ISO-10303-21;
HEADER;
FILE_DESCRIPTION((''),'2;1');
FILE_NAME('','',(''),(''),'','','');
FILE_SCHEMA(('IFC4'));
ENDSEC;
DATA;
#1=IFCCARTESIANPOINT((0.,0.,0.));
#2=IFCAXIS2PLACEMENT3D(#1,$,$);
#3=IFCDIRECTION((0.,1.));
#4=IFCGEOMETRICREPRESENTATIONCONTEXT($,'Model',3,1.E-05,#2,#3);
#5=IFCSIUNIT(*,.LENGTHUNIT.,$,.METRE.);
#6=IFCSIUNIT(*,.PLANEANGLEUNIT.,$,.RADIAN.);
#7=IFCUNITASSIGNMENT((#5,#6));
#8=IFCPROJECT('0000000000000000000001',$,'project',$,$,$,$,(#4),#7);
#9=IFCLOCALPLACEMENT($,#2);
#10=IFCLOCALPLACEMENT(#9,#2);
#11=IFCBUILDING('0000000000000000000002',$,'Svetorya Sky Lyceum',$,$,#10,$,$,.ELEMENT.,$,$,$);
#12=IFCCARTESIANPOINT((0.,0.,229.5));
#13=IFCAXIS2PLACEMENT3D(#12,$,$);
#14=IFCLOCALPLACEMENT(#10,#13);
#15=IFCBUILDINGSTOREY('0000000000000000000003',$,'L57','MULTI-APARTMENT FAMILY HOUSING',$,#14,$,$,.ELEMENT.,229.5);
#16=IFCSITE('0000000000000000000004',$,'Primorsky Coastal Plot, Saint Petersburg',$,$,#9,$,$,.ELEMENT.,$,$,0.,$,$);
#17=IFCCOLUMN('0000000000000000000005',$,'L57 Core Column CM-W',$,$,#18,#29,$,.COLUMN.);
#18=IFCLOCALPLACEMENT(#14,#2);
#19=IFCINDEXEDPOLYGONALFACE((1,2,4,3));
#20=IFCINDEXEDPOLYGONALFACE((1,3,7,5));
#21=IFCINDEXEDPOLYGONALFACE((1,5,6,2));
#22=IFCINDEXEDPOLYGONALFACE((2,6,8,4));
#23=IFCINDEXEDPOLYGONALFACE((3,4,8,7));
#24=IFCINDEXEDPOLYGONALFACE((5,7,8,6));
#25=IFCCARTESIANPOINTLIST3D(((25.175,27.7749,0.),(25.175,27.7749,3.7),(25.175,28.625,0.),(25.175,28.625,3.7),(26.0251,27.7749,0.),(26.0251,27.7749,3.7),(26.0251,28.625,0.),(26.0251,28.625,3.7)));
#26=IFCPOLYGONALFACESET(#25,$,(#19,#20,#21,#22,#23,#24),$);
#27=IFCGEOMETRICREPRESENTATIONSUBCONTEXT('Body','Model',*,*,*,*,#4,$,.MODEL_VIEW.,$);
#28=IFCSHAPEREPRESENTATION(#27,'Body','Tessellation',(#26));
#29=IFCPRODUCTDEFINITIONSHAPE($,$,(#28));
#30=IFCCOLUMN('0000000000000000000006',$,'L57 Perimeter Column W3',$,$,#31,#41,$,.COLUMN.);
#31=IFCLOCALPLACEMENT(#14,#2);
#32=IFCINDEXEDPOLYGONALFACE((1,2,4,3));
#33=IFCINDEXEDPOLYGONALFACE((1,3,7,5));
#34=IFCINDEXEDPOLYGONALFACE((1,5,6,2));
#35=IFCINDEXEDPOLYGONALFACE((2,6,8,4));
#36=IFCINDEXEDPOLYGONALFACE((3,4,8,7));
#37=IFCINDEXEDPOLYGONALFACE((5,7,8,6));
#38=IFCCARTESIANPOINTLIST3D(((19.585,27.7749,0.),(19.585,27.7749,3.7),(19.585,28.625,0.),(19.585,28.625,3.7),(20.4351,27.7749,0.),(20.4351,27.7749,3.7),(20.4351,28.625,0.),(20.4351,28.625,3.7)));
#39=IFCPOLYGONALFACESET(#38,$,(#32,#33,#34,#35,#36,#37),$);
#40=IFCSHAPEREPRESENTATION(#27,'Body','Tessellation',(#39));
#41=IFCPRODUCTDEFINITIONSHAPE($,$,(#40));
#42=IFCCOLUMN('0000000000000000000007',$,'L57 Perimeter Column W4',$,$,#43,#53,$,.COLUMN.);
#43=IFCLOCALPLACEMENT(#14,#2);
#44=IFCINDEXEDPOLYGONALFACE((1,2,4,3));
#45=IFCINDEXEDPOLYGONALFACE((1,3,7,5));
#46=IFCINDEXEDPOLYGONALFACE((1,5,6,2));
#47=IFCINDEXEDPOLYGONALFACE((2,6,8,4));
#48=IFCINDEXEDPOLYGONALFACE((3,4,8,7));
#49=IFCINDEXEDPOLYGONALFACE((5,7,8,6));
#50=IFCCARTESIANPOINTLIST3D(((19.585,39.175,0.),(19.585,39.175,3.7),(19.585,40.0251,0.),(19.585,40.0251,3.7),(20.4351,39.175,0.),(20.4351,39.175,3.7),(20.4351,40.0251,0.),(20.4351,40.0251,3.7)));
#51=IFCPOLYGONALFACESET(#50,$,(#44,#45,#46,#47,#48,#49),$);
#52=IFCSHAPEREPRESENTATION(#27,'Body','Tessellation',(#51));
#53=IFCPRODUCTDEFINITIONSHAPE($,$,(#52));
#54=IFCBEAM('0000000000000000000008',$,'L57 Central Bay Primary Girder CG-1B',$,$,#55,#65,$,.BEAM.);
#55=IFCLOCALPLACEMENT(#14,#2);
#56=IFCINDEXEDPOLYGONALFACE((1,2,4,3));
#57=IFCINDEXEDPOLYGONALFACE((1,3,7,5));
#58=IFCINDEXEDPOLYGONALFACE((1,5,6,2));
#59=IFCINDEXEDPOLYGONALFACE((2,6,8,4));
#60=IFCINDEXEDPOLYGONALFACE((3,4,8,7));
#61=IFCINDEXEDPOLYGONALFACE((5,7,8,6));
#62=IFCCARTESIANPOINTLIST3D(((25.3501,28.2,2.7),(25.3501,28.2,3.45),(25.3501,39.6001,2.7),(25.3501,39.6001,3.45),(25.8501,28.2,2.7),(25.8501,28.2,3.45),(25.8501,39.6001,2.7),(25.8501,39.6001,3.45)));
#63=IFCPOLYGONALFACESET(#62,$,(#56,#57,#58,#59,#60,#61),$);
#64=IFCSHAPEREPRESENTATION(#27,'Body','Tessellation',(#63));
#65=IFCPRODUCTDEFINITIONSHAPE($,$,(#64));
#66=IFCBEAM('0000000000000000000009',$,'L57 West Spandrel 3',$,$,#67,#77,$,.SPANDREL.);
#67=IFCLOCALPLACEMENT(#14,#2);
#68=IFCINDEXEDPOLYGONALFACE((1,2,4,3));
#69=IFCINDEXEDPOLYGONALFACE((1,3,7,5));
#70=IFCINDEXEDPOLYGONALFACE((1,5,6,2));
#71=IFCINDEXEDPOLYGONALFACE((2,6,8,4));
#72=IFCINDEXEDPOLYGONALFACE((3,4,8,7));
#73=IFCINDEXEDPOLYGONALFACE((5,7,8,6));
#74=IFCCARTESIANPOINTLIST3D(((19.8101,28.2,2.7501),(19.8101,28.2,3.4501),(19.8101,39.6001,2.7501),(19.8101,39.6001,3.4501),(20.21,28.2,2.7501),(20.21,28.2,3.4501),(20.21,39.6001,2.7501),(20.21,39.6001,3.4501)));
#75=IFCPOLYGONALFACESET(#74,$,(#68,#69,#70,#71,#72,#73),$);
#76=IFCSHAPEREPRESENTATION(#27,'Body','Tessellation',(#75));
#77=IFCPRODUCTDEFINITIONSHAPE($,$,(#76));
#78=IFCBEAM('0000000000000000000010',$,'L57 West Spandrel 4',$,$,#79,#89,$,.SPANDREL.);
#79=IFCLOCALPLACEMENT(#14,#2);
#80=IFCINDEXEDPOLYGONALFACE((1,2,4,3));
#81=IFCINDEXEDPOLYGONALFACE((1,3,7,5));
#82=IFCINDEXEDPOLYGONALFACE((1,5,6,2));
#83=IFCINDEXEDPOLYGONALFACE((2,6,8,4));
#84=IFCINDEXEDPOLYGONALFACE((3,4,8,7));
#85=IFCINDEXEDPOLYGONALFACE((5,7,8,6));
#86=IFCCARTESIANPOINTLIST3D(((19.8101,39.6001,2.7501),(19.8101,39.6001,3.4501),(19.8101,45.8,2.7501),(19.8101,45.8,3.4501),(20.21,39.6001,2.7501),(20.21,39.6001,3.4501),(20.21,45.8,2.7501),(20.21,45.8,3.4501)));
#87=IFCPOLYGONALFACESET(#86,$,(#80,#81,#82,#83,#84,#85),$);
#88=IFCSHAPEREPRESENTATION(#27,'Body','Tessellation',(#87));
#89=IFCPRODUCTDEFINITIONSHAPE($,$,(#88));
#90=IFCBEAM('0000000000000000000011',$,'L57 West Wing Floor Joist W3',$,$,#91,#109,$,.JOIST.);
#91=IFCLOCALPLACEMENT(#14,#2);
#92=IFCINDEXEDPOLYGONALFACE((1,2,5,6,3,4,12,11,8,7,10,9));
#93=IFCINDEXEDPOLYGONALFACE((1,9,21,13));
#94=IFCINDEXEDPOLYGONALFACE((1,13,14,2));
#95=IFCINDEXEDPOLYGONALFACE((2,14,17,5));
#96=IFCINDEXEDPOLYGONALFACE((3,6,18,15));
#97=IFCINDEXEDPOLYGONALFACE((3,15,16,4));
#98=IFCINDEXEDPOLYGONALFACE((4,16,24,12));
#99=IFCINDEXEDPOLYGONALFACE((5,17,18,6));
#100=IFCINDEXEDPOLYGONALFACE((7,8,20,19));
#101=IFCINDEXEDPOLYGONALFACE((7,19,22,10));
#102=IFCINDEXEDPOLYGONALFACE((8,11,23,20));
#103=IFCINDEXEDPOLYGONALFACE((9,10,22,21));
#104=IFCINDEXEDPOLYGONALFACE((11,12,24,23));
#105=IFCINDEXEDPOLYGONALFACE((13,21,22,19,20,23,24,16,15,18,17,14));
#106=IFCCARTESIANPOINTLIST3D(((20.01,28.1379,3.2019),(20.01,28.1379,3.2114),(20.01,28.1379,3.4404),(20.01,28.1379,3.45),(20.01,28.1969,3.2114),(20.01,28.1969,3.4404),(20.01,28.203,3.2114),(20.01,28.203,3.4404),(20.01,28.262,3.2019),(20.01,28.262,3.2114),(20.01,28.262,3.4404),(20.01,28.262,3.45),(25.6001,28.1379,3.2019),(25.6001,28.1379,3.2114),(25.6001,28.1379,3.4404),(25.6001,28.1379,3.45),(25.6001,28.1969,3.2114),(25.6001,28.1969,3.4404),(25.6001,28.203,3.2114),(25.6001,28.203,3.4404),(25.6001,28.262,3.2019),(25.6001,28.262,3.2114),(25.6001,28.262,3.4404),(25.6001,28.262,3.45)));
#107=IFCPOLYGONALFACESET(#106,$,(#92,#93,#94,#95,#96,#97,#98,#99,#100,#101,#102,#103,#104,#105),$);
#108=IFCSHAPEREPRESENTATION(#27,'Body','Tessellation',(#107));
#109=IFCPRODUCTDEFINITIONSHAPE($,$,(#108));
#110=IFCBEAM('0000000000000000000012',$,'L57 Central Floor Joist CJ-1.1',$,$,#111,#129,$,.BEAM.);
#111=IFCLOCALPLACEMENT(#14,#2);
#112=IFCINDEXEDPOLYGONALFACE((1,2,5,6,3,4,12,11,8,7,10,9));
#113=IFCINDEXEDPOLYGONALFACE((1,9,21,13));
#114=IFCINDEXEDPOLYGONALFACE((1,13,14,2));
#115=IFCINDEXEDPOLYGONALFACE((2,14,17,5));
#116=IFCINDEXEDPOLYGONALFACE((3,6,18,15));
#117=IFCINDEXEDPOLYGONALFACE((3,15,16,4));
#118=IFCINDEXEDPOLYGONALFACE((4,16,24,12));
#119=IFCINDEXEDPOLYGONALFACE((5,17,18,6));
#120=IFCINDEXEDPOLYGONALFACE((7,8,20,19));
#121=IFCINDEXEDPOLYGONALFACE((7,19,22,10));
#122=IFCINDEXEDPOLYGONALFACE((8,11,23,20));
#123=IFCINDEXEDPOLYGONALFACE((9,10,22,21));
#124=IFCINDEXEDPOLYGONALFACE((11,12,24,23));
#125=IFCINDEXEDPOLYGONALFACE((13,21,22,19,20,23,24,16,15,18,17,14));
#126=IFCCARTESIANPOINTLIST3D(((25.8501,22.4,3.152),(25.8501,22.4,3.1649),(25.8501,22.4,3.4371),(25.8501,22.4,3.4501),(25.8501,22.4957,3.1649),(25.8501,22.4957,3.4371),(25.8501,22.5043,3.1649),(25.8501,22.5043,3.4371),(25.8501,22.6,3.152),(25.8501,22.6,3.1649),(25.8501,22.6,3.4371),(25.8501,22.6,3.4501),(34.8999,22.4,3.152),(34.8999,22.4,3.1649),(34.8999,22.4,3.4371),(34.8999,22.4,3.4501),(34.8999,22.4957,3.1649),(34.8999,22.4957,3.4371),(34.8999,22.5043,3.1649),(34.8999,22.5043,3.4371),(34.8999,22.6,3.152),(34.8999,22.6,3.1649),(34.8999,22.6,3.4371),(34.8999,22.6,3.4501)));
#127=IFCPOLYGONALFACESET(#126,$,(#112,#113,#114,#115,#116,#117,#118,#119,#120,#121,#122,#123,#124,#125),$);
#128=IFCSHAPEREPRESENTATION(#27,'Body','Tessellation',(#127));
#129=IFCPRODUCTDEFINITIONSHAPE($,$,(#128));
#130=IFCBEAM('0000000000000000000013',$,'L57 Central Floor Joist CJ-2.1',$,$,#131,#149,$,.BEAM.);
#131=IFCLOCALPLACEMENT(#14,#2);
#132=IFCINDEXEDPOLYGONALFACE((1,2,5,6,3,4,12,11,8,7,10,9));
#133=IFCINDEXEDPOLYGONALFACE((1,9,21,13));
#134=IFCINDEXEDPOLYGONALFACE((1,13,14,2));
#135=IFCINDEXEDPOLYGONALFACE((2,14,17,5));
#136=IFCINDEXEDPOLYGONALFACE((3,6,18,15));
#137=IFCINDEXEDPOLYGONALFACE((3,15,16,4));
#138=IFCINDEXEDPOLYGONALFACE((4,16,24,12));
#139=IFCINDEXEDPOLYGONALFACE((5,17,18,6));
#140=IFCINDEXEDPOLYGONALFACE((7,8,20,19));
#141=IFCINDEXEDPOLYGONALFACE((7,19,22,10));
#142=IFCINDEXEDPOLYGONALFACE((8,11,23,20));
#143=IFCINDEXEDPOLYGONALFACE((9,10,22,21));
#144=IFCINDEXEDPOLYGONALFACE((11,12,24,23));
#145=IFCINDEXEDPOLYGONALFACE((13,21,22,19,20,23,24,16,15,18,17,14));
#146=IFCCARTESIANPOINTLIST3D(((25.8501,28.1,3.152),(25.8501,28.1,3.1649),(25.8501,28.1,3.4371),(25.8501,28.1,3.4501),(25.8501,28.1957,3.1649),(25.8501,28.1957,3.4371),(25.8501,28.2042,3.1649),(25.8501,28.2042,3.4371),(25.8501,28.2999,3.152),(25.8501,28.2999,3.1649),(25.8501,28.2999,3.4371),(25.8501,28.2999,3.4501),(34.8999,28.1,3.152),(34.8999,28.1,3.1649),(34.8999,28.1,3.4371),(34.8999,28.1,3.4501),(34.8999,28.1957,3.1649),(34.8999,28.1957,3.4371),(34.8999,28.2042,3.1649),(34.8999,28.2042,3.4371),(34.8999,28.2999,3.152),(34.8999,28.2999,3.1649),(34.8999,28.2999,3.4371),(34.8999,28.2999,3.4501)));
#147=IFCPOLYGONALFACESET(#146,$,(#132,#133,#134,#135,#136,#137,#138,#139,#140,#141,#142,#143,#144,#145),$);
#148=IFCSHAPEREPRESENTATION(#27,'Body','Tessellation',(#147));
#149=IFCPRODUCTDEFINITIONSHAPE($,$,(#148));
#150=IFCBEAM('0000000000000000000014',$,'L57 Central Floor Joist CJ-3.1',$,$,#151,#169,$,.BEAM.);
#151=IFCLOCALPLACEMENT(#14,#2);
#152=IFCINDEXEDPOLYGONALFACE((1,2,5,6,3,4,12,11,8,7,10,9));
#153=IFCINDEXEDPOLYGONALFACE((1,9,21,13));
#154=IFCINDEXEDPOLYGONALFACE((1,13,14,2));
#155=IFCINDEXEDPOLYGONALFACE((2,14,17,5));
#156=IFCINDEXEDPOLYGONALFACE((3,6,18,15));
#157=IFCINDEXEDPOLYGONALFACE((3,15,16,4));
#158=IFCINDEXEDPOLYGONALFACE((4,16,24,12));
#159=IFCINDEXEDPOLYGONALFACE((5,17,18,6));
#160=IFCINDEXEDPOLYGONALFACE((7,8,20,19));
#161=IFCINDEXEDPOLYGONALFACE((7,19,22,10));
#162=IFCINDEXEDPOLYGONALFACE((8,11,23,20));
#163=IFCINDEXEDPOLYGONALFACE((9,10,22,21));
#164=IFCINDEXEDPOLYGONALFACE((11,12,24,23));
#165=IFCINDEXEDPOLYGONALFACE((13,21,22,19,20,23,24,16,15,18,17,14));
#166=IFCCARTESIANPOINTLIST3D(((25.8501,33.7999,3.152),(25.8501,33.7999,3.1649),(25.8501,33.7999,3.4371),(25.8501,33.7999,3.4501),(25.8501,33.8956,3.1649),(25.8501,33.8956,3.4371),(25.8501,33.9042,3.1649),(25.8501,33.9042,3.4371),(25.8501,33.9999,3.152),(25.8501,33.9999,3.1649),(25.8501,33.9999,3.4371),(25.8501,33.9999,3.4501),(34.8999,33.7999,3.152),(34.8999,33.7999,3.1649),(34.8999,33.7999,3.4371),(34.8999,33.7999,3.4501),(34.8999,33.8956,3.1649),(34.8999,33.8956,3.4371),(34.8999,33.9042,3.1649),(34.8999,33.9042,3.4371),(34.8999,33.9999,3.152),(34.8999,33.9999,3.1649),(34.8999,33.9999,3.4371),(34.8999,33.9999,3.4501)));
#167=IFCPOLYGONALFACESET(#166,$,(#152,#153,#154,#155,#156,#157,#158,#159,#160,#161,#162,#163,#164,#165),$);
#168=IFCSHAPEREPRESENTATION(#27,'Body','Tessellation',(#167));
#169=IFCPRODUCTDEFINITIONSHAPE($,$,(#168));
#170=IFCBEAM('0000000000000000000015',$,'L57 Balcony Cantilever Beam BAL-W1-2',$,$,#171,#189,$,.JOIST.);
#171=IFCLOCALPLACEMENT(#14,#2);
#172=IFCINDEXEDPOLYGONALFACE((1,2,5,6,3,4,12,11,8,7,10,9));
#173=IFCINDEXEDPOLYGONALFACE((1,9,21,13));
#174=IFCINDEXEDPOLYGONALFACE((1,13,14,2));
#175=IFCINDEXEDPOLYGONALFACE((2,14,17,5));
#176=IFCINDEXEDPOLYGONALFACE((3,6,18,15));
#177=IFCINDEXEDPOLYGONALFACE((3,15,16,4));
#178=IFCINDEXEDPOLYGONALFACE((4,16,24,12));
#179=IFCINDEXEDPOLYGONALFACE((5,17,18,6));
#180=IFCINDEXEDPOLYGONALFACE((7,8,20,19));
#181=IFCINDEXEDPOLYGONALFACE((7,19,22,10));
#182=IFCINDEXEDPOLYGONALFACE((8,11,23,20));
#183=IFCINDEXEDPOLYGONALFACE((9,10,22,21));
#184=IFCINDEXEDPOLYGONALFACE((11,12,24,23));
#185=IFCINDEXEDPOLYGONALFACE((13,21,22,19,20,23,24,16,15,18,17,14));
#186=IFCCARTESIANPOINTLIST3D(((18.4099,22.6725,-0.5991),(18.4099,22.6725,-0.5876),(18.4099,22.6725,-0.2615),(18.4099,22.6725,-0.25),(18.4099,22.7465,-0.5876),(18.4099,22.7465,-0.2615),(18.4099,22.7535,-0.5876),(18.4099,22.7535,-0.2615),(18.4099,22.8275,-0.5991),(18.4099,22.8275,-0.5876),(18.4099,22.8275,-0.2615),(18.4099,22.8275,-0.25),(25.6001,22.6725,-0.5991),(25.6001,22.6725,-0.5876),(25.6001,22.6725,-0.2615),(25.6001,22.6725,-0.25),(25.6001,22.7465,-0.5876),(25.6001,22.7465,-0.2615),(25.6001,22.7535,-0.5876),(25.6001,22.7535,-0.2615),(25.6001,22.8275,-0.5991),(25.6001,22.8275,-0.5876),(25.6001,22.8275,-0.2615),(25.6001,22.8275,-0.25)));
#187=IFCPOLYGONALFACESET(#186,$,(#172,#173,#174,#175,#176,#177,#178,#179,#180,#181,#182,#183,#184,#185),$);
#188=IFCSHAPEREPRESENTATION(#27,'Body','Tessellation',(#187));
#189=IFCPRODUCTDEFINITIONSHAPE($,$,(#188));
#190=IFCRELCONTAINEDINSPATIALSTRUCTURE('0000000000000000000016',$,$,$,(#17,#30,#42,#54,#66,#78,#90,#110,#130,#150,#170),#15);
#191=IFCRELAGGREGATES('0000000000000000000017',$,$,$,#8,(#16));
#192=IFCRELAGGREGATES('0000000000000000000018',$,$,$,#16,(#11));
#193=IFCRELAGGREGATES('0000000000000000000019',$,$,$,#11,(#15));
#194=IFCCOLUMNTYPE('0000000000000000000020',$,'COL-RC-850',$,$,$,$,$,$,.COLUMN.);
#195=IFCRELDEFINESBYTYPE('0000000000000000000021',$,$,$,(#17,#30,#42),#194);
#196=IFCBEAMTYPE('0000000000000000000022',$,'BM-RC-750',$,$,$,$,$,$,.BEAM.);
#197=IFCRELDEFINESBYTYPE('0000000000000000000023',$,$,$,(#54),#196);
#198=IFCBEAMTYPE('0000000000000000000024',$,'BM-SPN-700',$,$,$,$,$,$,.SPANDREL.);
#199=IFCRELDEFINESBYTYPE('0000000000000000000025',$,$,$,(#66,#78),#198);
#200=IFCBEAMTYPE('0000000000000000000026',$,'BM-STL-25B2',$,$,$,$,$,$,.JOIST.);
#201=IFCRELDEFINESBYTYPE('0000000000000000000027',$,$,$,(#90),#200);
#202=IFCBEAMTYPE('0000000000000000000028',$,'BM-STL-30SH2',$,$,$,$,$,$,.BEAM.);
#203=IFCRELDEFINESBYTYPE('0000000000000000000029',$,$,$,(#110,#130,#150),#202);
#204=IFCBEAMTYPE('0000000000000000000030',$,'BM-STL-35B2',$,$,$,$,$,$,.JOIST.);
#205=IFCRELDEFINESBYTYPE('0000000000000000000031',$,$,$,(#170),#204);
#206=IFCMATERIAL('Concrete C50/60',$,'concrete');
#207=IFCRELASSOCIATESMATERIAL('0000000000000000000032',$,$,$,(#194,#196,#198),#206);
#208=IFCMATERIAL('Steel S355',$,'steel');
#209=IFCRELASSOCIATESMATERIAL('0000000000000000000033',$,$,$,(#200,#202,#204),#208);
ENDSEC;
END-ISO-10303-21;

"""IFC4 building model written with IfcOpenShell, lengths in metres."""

from ifc_helpers import new_model, si_unit, direction, frame, origin, origin_2d, place, context, subcontext, project, spatial, rectangle, i_section, extrude, material, material_profile, profile_set, type_object, element, save


model = new_model("IFC4")

# Units and contexts
model_context = context("Model", 3, precision=1e-05, world=origin(), true_north=direction((0.0, 1.0)))
body_context = subcontext(model_context, "Body", "Model", "MODEL_VIEW")
ifc_project = project(units=[si_unit("LENGTHUNIT", "METRE"), si_unit("PLANEANGLEUNIT", "RADIAN")], contexts=[model_context])

# Site, building, storey
site_placement = place(None, origin())
site = spatial("IfcSite", under=ifc_project, at=site_placement, Name="Primorsky Coastal Plot, Saint Petersburg", CompositionType="ELEMENT", RefElevation=0.0)
building_placement = place(site_placement, origin())
building = spatial("IfcBuilding", under=site, at=building_placement, Name="Svetorya Sky Lyceum", CompositionType="ELEMENT")
storey_placement = place(building_placement, frame((0.0, 0.0, 229.5)))
storey = spatial("IfcBuildingStorey", under=building, at=storey_placement, Name="L57", Description="MULTI-APARTMENT FAMILY HOUSING", CompositionType="ELEMENT", Elevation=229.5)

# Columns
ifc_material_1 = material(Name="Concrete C50/60", Category="concrete")
ifc_material_profile_1 = material_profile(ifc_material_1, rectangle(XDim=0.8501, YDim=0.8501, at=origin_2d()), Name="RC COL 850x850")
ifc_profile_set_1 = profile_set([ifc_material_profile_1], Name="Concrete C50/60")
column_type = type_object("IfcColumnType", Name="COL-RC-850", PredefinedType="COLUMN", material=ifc_profile_set_1)
for number, where, z_axis, x_axis, name in (
    (1, (25.6001, 28.2, 0.0), (0.0, 0.0, 1.0), (1.0, 0.0, 0.0), "L57 Core Column CM-W"),
    (2, (20.01, 28.2, 0.0), (0.0, 0.0, 1.0), (1.0, 0.0, 0.0), "L57 Perimeter Column W3"),
    (3, (20.01, 39.6001, 0.0), (0.0, 0.0, 1.0), (1.0, 0.0, 0.0), "L57 Perimeter Column W4"),
):
    element("IfcColumn", number, at=place(storey_placement, frame(where, z_axis=z_axis, x_axis=x_axis)), inside=storey, type_object=column_type, Name=name, PredefinedType="COLUMN", context=body_context, shape_type="SweptSolid", body=[
        extrude(rectangle(XDim=0.8501, YDim=0.8501, at=origin_2d()), origin(), (0.0, 0.0, 1.0), 3.7),
    ])

# Beams
ifc_material_profile_2 = material_profile(ifc_material_1, rectangle(XDim=0.5, YDim=0.75, at=origin_2d()), Name="RC BEAM 500x750")
ifc_profile_set_2 = profile_set([ifc_material_profile_2], Name="Concrete C50/60")
beam_type_1 = type_object("IfcBeamType", Name="BM-RC-750", PredefinedType="BEAM", material=ifc_profile_set_2)
beam_1_placement = place(storey_placement, frame((25.6001, 28.2, 3.075), z_axis=(0.0, 1.0, 0.0), x_axis=(-1.0, 0.0, 0.0)))
element("IfcBeam", 4, at=beam_1_placement, inside=storey, type_object=beam_type_1, Name="L57 Central Bay Primary Girder CG-1B", PredefinedType="BEAM", context=body_context, shape_type="SweptSolid", body=[
    extrude(rectangle(XDim=0.5, YDim=0.75, at=origin_2d()), origin(), (0.0, 0.0, 1.0), 11.4001),
])
ifc_material_profile_3 = material_profile(ifc_material_1, rectangle(XDim=0.3999, YDim=0.7, at=origin_2d()), Name="RC SPANDREL 400x700")
ifc_profile_set_3 = profile_set([ifc_material_profile_3], Name="Concrete C50/60")
beam_type_2 = type_object("IfcBeamType", Name="BM-SPN-700", PredefinedType="SPANDREL", material=ifc_profile_set_3)
beam_2_placement = place(storey_placement, frame((20.01, 28.2, 3.1001), z_axis=(0.0, 1.0, 0.0), x_axis=(-1.0, 0.0, 0.0)))
element("IfcBeam", 5, at=beam_2_placement, inside=storey, type_object=beam_type_2, Name="L57 West Spandrel 3", PredefinedType="SPANDREL", context=body_context, shape_type="SweptSolid", body=[
    extrude(rectangle(XDim=0.3999, YDim=0.7, at=origin_2d()), origin(), (0.0, 0.0, 1.0), 11.4001),
])
beam_3_placement = place(storey_placement, frame((20.01, 39.6001, 3.1001), z_axis=(0.0, 1.0, 0.0), x_axis=(-1.0, 0.0, 0.0)))
element("IfcBeam", 6, at=beam_3_placement, inside=storey, type_object=beam_type_2, Name="L57 West Spandrel 4", PredefinedType="SPANDREL", context=body_context, shape_type="SweptSolid", body=[
    extrude(rectangle(XDim=0.3999, YDim=0.7, at=origin_2d()), origin(), (0.0, 0.0, 1.0), 6.2),
])
ifc_material_2 = material(Name="Steel S355", Category="steel")
ifc_material_profile_4 = material_profile(ifc_material_2, i_section(OverallWidth=0.124, OverallDepth=0.248, WebThickness=0.0061, FlangeThickness=0.0095, at=origin_2d()), Name="GOST 25B2")
ifc_profile_set_4 = profile_set([ifc_material_profile_4], Name="Steel S355")
beam_type_3 = type_object("IfcBeamType", Name="BM-STL-25B2", PredefinedType="JOIST", material=ifc_profile_set_4)
beam_4_placement = place(storey_placement, frame((20.01, 28.2, 3.3259), z_axis=(1.0, 0.0, 0.0), x_axis=(0.0, 1.0, 0.0)))
element("IfcBeam", 7, at=beam_4_placement, inside=storey, type_object=beam_type_3, Name="L57 West Wing Floor Joist W3", PredefinedType="JOIST", context=body_context, shape_type="SweptSolid", body=[
    extrude(i_section(OverallWidth=0.124, OverallDepth=0.248, WebThickness=0.0061, FlangeThickness=0.0095, at=origin_2d()), origin(), (0.0, 0.0, 1.0), 5.5901),
])
ifc_material_profile_5 = material_profile(ifc_material_2, i_section(OverallWidth=0.2, OverallDepth=0.2981, WebThickness=0.0085, FlangeThickness=0.0129, at=origin_2d()), Name="GOST 30Sh2")
ifc_profile_set_5 = profile_set([ifc_material_profile_5], Name="Steel S355")
beam_type_4 = type_object("IfcBeamType", Name="BM-STL-30SH2", PredefinedType="BEAM", material=ifc_profile_set_5)
for number, where, z_axis, x_axis, name in (
    (8, (25.8501, 22.5, 3.301), (1.0, 0.0, 0.0), (0.0, 1.0, 0.0), "L57 Central Floor Joist CJ-1.1"),
    (9, (25.8501, 28.2, 3.301), (1.0, 0.0, 0.0), (0.0, 1.0, 0.0), "L57 Central Floor Joist CJ-2.1"),
    (10, (25.8501, 33.8999, 3.301), (1.0, 0.0, 0.0), (0.0, 1.0, 0.0), "L57 Central Floor Joist CJ-3.1"),
):
    element("IfcBeam", number, at=place(storey_placement, frame(where, z_axis=z_axis, x_axis=x_axis)), inside=storey, type_object=beam_type_4, Name=name, PredefinedType="BEAM", context=body_context, shape_type="SweptSolid", body=[
        extrude(i_section(OverallWidth=0.2, OverallDepth=0.2981, WebThickness=0.0085, FlangeThickness=0.0129, at=origin_2d()), origin(), (0.0, 0.0, 1.0), 9.0498),
    ])
ifc_material_profile_6 = material_profile(ifc_material_2, i_section(OverallWidth=0.155, OverallDepth=0.3491, WebThickness=0.0071, FlangeThickness=0.0115, at=origin_2d()), Name="GOST 35B2")
ifc_profile_set_6 = profile_set([ifc_material_profile_6], Name="Steel S355")
beam_type_5 = type_object("IfcBeamType", Name="BM-STL-35B2", PredefinedType="JOIST", material=ifc_profile_set_6)
beam_5_placement = place(storey_placement, frame((25.6001, 22.75, -0.4246), z_axis=(-1.0, 0.0, 0.0), x_axis=(0.0, -1.0, 0.0)))
element("IfcBeam", 11, at=beam_5_placement, inside=storey, type_object=beam_type_5, Name="L57 Balcony Cantilever Beam BAL-W1-2", PredefinedType="JOIST", context=body_context, shape_type="SweptSolid", body=[
    extrude(i_section(OverallWidth=0.155, OverallDepth=0.3491, WebThickness=0.0071, FlangeThickness=0.0115, at=origin_2d()), origin(), (0.0, 0.0, 1.0), 7.1902),
])

save(model, "model.ifc")
